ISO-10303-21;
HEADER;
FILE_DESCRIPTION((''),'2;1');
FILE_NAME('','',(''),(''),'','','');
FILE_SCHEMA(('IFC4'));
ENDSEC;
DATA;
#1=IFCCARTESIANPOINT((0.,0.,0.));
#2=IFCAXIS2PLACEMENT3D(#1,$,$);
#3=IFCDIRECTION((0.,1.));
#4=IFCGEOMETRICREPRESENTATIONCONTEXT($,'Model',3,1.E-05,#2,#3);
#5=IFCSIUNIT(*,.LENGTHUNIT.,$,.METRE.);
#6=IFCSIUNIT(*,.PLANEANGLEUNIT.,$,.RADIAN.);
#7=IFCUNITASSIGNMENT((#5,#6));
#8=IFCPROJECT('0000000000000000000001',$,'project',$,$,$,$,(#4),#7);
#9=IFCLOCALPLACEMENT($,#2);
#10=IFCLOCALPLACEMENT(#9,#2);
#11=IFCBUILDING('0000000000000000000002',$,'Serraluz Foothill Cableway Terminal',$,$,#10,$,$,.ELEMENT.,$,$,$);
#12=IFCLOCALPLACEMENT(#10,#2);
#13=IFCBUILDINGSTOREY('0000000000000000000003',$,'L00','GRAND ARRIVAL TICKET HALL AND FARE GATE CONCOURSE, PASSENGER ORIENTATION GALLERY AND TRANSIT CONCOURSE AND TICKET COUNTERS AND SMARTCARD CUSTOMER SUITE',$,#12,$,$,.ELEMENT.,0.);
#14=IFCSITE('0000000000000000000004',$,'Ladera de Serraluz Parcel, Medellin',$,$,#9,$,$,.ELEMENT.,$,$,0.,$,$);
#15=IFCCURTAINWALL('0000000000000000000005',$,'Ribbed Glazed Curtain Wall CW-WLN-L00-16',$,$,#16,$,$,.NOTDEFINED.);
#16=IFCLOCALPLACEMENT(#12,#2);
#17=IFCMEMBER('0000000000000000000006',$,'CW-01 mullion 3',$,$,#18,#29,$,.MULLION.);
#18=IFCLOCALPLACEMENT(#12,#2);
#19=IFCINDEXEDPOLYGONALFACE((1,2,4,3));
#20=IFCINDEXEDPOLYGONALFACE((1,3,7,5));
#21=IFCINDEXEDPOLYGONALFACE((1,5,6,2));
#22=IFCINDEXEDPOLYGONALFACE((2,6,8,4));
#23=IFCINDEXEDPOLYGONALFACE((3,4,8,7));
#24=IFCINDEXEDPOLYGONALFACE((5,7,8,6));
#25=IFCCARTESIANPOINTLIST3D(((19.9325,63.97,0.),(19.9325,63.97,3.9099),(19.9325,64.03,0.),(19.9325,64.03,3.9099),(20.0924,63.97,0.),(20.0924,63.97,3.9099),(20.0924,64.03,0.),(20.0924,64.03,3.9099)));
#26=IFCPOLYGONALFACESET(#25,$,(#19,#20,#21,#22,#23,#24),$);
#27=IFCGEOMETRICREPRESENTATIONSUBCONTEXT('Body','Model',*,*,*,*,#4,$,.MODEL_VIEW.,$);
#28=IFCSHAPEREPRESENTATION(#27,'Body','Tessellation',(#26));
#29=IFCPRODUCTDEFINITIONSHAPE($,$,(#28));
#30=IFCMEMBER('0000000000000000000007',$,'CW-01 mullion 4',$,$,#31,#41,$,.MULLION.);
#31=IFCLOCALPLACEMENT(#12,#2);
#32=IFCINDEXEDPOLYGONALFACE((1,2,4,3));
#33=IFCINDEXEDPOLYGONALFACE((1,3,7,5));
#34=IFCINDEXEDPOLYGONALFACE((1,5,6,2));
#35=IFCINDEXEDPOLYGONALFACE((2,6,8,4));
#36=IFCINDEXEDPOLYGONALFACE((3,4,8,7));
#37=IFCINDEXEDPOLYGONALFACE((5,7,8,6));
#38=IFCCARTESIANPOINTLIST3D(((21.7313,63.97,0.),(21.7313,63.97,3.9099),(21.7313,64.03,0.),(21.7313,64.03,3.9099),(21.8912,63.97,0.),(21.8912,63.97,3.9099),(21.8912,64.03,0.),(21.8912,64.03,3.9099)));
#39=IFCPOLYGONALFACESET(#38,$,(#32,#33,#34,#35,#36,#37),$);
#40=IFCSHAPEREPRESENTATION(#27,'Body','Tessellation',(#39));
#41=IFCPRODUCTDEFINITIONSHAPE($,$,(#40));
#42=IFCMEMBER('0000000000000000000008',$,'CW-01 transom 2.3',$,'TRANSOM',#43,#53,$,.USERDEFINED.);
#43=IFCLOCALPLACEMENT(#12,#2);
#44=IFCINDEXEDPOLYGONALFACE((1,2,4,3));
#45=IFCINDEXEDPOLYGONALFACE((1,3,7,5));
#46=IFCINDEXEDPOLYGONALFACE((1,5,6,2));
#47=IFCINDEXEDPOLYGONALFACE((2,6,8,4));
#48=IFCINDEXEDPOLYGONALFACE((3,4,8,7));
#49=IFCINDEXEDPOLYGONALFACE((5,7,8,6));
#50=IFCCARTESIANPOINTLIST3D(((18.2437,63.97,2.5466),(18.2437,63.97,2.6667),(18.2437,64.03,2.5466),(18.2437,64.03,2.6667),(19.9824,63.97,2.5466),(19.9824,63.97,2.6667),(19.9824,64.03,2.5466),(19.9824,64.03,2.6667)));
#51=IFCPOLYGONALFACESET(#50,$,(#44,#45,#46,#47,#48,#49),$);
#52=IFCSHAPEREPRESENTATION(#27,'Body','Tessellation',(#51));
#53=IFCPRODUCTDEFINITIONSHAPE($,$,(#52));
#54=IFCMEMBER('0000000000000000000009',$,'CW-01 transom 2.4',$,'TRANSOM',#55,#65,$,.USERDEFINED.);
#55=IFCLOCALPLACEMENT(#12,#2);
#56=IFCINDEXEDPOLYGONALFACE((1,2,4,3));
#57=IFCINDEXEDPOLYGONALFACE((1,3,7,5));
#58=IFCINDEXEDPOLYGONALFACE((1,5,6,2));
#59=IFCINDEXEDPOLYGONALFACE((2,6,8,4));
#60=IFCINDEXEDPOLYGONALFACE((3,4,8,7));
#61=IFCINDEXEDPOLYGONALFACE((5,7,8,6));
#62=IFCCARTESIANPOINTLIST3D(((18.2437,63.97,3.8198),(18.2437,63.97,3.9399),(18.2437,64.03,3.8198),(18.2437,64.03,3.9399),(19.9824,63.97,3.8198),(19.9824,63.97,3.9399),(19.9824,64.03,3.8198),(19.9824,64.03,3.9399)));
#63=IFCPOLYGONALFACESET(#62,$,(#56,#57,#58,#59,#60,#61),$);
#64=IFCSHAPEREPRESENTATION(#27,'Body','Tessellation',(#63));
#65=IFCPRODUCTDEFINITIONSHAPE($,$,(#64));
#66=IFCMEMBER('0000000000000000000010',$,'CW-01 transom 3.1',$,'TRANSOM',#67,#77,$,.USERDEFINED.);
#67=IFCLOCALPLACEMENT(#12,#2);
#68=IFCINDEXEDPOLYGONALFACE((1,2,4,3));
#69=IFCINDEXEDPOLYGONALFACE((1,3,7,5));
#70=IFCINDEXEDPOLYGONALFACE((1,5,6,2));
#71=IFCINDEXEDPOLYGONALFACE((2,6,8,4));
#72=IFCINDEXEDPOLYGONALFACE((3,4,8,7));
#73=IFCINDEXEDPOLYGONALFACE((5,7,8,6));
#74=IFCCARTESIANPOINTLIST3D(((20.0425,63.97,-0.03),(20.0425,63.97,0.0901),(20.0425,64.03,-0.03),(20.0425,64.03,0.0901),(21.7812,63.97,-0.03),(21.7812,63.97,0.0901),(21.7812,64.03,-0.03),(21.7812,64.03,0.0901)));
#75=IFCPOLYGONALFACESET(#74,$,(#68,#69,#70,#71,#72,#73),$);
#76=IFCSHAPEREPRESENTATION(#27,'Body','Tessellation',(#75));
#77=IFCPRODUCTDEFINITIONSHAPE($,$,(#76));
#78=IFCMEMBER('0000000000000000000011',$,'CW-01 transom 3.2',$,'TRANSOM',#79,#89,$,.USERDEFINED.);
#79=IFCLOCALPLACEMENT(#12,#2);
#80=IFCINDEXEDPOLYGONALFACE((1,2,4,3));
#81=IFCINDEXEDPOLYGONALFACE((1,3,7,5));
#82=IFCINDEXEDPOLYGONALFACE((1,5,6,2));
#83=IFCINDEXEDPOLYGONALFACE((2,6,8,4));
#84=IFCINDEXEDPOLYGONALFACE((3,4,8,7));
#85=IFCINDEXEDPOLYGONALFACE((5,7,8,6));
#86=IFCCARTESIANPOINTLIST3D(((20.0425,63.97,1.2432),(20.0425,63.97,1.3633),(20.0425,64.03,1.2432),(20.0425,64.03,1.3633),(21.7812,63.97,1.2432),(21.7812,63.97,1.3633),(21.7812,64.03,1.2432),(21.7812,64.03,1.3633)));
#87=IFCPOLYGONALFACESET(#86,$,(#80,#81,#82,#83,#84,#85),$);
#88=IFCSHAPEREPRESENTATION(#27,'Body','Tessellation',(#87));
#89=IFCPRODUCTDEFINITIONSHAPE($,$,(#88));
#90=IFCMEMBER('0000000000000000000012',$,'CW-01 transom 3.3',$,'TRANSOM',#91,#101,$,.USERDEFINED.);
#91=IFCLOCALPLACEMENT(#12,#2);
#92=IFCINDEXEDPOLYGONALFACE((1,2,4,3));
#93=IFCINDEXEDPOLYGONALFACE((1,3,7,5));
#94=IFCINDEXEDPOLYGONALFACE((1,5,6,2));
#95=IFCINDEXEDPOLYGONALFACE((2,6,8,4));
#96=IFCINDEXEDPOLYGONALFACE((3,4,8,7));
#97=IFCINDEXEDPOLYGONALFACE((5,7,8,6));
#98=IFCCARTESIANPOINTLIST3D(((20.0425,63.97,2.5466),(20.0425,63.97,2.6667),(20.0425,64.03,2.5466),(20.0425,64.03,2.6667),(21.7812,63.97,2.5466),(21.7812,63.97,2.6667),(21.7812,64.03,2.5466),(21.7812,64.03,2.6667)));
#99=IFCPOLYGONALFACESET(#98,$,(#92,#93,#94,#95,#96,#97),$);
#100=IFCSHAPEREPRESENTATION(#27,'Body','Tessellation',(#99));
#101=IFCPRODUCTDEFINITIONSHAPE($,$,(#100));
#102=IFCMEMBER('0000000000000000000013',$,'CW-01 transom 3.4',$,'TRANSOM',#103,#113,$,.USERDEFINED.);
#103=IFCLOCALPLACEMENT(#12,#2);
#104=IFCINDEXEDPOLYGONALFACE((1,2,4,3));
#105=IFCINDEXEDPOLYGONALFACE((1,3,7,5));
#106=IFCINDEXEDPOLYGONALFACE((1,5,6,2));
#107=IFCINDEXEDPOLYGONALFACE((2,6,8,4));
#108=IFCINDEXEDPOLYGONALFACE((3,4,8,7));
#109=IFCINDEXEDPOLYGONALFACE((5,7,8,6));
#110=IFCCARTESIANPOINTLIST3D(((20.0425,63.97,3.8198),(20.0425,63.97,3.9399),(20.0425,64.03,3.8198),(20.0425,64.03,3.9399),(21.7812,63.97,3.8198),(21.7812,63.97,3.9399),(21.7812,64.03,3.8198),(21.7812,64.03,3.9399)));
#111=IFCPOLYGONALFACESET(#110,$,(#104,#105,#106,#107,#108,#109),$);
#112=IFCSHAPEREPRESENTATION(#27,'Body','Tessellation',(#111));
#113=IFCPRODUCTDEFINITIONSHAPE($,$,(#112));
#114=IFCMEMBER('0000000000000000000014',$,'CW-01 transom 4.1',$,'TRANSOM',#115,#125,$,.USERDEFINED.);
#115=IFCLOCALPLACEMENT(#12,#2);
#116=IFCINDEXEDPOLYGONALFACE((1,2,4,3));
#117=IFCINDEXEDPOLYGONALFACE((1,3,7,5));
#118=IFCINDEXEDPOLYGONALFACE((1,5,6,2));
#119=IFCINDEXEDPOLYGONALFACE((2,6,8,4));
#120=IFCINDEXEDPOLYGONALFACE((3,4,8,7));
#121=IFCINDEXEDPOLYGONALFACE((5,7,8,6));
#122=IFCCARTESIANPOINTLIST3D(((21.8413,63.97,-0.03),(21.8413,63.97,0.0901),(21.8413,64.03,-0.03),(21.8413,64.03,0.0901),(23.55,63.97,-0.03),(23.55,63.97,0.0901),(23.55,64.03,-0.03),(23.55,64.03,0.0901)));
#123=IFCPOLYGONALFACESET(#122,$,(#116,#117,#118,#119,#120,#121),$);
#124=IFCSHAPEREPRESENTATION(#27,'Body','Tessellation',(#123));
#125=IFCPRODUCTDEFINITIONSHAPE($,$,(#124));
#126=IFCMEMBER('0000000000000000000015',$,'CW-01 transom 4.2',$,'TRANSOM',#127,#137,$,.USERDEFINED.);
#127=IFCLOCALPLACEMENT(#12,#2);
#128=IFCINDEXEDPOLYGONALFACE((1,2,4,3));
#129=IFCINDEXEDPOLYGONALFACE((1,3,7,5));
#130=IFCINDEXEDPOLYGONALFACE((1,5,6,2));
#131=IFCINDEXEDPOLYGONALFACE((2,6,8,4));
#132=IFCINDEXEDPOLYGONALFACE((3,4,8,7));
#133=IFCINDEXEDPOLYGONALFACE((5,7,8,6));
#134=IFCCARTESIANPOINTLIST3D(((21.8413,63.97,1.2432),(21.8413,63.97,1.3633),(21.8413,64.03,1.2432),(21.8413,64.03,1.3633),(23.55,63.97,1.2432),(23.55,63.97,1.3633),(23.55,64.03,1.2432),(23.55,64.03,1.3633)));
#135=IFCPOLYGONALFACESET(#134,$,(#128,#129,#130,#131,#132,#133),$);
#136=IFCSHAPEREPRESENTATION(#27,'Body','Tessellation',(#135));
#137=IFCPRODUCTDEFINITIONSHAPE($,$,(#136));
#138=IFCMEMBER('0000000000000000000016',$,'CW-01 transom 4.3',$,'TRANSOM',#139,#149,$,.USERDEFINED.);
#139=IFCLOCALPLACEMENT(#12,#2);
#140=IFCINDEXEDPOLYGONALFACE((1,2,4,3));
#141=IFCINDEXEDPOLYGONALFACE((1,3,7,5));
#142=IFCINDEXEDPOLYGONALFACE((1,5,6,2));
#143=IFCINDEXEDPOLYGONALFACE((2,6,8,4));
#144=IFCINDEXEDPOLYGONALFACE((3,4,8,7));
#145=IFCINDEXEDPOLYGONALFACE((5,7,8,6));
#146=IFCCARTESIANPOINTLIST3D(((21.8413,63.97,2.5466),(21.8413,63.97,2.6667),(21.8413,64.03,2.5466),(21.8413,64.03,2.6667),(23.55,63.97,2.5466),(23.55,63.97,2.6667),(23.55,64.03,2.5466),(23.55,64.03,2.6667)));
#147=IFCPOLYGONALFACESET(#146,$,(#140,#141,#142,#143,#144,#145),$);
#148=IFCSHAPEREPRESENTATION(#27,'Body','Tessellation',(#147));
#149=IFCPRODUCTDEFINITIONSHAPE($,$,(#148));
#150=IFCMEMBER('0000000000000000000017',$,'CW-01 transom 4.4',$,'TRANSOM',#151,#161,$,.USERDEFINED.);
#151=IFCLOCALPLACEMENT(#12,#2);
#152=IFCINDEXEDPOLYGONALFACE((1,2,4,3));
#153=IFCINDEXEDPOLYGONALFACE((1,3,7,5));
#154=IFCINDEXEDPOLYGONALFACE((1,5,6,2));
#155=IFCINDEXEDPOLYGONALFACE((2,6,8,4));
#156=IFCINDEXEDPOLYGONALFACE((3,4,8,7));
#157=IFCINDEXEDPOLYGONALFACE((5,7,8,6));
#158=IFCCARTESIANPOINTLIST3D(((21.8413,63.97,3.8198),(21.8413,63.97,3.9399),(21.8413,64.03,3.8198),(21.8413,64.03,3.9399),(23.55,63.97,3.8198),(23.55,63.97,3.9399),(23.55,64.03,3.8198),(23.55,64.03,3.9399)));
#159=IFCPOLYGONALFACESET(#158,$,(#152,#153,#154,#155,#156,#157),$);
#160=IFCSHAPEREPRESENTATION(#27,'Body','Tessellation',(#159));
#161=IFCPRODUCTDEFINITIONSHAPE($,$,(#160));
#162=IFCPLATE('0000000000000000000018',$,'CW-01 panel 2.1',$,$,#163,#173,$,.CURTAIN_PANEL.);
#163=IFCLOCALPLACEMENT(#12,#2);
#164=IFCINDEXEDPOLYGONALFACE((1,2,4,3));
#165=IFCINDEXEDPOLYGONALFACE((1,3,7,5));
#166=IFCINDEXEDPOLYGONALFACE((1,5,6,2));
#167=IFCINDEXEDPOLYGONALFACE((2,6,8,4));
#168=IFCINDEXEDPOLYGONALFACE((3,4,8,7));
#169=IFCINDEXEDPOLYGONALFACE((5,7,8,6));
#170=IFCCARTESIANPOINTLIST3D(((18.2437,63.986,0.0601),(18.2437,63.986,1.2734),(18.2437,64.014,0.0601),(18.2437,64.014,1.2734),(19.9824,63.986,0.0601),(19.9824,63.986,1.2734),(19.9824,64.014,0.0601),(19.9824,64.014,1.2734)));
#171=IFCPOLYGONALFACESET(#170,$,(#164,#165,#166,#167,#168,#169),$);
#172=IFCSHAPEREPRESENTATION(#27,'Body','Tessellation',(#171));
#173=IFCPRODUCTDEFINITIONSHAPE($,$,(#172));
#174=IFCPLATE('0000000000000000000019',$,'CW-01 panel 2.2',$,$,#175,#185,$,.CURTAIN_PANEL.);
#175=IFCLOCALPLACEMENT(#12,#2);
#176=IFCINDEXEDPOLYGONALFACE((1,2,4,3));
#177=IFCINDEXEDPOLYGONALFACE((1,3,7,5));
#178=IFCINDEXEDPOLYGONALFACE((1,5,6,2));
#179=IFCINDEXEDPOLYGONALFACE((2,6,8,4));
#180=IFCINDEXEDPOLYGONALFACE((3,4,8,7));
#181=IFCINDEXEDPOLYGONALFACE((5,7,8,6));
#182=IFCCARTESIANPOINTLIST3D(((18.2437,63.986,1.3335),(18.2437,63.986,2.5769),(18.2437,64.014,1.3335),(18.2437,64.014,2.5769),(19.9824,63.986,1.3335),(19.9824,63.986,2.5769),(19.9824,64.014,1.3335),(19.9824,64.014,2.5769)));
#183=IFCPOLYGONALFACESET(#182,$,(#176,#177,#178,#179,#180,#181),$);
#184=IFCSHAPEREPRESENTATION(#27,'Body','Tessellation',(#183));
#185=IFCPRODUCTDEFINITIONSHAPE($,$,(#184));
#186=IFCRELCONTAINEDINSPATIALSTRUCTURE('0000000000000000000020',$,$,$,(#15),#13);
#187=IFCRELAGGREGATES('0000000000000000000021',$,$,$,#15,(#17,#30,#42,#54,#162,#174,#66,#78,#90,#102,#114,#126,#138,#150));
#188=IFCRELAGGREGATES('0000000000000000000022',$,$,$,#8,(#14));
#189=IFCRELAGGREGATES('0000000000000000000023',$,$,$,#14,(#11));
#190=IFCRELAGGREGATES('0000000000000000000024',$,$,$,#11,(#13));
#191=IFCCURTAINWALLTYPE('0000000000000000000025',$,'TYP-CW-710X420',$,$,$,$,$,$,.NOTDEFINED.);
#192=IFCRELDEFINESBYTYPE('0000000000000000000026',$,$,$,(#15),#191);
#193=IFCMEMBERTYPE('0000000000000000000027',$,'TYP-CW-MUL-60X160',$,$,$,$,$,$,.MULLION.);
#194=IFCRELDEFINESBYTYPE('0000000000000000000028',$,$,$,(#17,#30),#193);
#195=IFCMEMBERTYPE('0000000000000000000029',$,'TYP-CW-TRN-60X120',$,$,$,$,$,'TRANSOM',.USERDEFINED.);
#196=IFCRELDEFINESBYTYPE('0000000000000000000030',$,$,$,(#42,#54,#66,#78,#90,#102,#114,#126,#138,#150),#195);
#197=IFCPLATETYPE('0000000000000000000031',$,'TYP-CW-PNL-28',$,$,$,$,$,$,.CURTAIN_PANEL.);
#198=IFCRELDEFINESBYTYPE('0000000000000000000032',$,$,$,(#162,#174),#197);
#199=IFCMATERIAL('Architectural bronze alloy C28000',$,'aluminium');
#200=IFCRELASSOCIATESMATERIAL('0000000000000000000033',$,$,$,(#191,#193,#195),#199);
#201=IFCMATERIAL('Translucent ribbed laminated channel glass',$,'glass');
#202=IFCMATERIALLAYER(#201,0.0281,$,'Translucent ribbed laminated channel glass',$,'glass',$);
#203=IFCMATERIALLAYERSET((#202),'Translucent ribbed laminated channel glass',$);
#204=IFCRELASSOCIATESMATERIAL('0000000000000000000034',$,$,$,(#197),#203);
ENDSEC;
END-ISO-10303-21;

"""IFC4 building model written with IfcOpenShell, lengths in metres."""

from ifc_helpers import new_model, si_unit, direction, frame, origin, origin_2d, place, context, subcontext, project, spatial, rectangle, extrude, material, layer, layer_set, material_profile, profile_set, type_object, element, aggregate, save


model = new_model("IFC4")

# Units and contexts
model_context = context("Model", 3, precision=1e-05, world=origin(), true_north=direction((0.0, 1.0)))
body_context = subcontext(model_context, "Body", "Model", "MODEL_VIEW")
ifc_project = project(units=[si_unit("LENGTHUNIT", "METRE"), si_unit("PLANEANGLEUNIT", "RADIAN")], contexts=[model_context])

# Site, building, storey
site_placement = place(None, origin())
site = spatial("IfcSite", under=ifc_project, at=site_placement, Name="Ladera de Serraluz Parcel, Medellin", CompositionType="ELEMENT", RefElevation=0.0)
building_placement = place(site_placement, origin())
building = spatial("IfcBuilding", under=site, at=building_placement, Name="Serraluz Foothill Cableway Terminal", CompositionType="ELEMENT")
storey_placement = place(building_placement, origin())
storey = spatial("IfcBuildingStorey", under=building, at=storey_placement, Name="L00", Description="GRAND ARRIVAL TICKET HALL AND FARE GATE CONCOURSE, PASSENGER ORIENTATION GALLERY AND TRANSIT CONCOURSE AND TICKET COUNTERS AND SMARTCARD CUSTOMER SUITE", CompositionType="ELEMENT", Elevation=0.0)

# Curtain wall, members, plates
ifc_material_1 = material(Name="Architectural bronze alloy C28000", Category="aluminium")
curtain_wall_type = type_object("IfcCurtainWallType", Name="TYP-CW-710X420", PredefinedType="NOTDEFINED", material=ifc_material_1)
curtain_wall_placement = place(storey_placement, origin())
curtain_wall = element("IfcCurtainWall", 1, at=curtain_wall_placement, inside=storey, type_object=curtain_wall_type, Name="Ribbed Glazed Curtain Wall CW-WLN-L00-16", PredefinedType="NOTDEFINED")
ifc_material_profile_1 = material_profile(ifc_material_1, rectangle(XDim=0.0601, YDim=0.1599, at=origin_2d()), Name="ALU MULLION 60x160")
ifc_profile_set_1 = profile_set([ifc_material_profile_1], Name="Architectural bronze alloy C28000")
member_type_1 = type_object("IfcMemberType", Name="TYP-CW-MUL-60X160", PredefinedType="MULLION", material=ifc_profile_set_1)
member_1_placement = place(storey_placement, frame((20.0125, 64.0, 0.0), z_axis=(0.0, 0.0, 1.0), x_axis=(0.0, 1.0, 0.0)))
member_1 = element("IfcMember", 2, at=member_1_placement, type_object=member_type_1, Name="CW-01 mullion 3", PredefinedType="MULLION", context=body_context, shape_type="SweptSolid", body=[
    extrude(rectangle(XDim=0.0601, YDim=0.1599, at=origin_2d()), origin(), (0.0, 0.0, 1.0), 3.9099),
])
member_2_placement = place(storey_placement, frame((21.8113, 64.0, 0.0), z_axis=(0.0, 0.0, 1.0), x_axis=(0.0, 1.0, 0.0)))
member_2 = element("IfcMember", 3, at=member_2_placement, type_object=member_type_1, Name="CW-01 mullion 4", PredefinedType="MULLION", context=body_context, shape_type="SweptSolid", body=[
    extrude(rectangle(XDim=0.0601, YDim=0.1599, at=origin_2d()), origin(), (0.0, 0.0, 1.0), 3.9099),
])
ifc_material_profile_2 = material_profile(ifc_material_1, rectangle(XDim=0.0601, YDim=0.1201, at=origin_2d()), Name="ALU TRANSOM 60x120")
ifc_profile_set_2 = profile_set([ifc_material_profile_2], Name="Architectural bronze alloy C28000")
member_type_2 = type_object("IfcMemberType", Name="TYP-CW-TRN-60X120", ElementType="TRANSOM", PredefinedType="USERDEFINED", material=ifc_profile_set_2)
member_3_placement = place(storey_placement, frame((18.2437, 64.0, 2.6067), z_axis=(1.0, 0.0, 0.0), x_axis=(0.0, 1.0, 0.0)))
member_3 = element("IfcMember", 4, at=member_3_placement, type_object=member_type_2, Name="CW-01 transom 2.3", ObjectType="TRANSOM", PredefinedType="USERDEFINED", context=body_context, shape_type="SweptSolid", body=[
    extrude(rectangle(XDim=0.0601, YDim=0.1201, at=origin_2d()), origin(), (0.0, 0.0, 1.0), 1.7388),
])
member_4_placement = place(storey_placement, frame((18.2437, 64.0, 3.8799), z_axis=(1.0, 0.0, 0.0), x_axis=(0.0, 1.0, 0.0)))
member_4 = element("IfcMember", 5, at=member_4_placement, type_object=member_type_2, Name="CW-01 transom 2.4", ObjectType="TRANSOM", PredefinedType="USERDEFINED", context=body_context, shape_type="SweptSolid", body=[
    extrude(rectangle(XDim=0.0601, YDim=0.1201, at=origin_2d()), origin(), (0.0, 0.0, 1.0), 1.7388),
])
member_5_placement = place(storey_placement, frame((20.0425, 64.0, 0.03), z_axis=(1.0, 0.0, 0.0), x_axis=(0.0, 1.0, 0.0)))
member_5 = element("IfcMember", 6, at=member_5_placement, type_object=member_type_2, Name="CW-01 transom 3.1", ObjectType="TRANSOM", PredefinedType="USERDEFINED", context=body_context, shape_type="SweptSolid", body=[
    extrude(rectangle(XDim=0.0601, YDim=0.1201, at=origin_2d()), origin(), (0.0, 0.0, 1.0), 1.7388),
])
member_6_placement = place(storey_placement, frame((20.0425, 64.0, 1.3032), z_axis=(1.0, 0.0, 0.0), x_axis=(0.0, 1.0, 0.0)))
member_6 = element("IfcMember", 7, at=member_6_placement, type_object=member_type_2, Name="CW-01 transom 3.2", ObjectType="TRANSOM", PredefinedType="USERDEFINED", context=body_context, shape_type="SweptSolid", body=[
    extrude(rectangle(XDim=0.0601, YDim=0.1201, at=origin_2d()), origin(), (0.0, 0.0, 1.0), 1.7388),
])
member_7_placement = place(storey_placement, frame((20.0425, 64.0, 2.6067), z_axis=(1.0, 0.0, 0.0), x_axis=(0.0, 1.0, 0.0)))
member_7 = element("IfcMember", 8, at=member_7_placement, type_object=member_type_2, Name="CW-01 transom 3.3", ObjectType="TRANSOM", PredefinedType="USERDEFINED", context=body_context, shape_type="SweptSolid", body=[
    extrude(rectangle(XDim=0.0601, YDim=0.1201, at=origin_2d()), origin(), (0.0, 0.0, 1.0), 1.7388),
])
member_8_placement = place(storey_placement, frame((20.0425, 64.0, 3.8799), z_axis=(1.0, 0.0, 0.0), x_axis=(0.0, 1.0, 0.0)))
member_8 = element("IfcMember", 9, at=member_8_placement, type_object=member_type_2, Name="CW-01 transom 3.4", ObjectType="TRANSOM", PredefinedType="USERDEFINED", context=body_context, shape_type="SweptSolid", body=[
    extrude(rectangle(XDim=0.0601, YDim=0.1201, at=origin_2d()), origin(), (0.0, 0.0, 1.0), 1.7388),
])
member_9_placement = place(storey_placement, frame((21.8413, 64.0, 0.03), z_axis=(1.0, 0.0, 0.0), x_axis=(0.0, 1.0, 0.0)))
member_9 = element("IfcMember", 10, at=member_9_placement, type_object=member_type_2, Name="CW-01 transom 4.1", ObjectType="TRANSOM", PredefinedType="USERDEFINED", context=body_context, shape_type="SweptSolid", body=[
    extrude(rectangle(XDim=0.0601, YDim=0.1201, at=origin_2d()), origin(), (0.0, 0.0, 1.0), 1.7087),
])
member_10_placement = place(storey_placement, frame((21.8413, 64.0, 1.3032), z_axis=(1.0, 0.0, 0.0), x_axis=(0.0, 1.0, 0.0)))
member_10 = element("IfcMember", 11, at=member_10_placement, type_object=member_type_2, Name="CW-01 transom 4.2", ObjectType="TRANSOM", PredefinedType="USERDEFINED", context=body_context, shape_type="SweptSolid", body=[
    extrude(rectangle(XDim=0.0601, YDim=0.1201, at=origin_2d()), origin(), (0.0, 0.0, 1.0), 1.7087),
])
member_11_placement = place(storey_placement, frame((21.8413, 64.0, 2.6067), z_axis=(1.0, 0.0, 0.0), x_axis=(0.0, 1.0, 0.0)))
member_11 = element("IfcMember", 12, at=member_11_placement, type_object=member_type_2, Name="CW-01 transom 4.3", ObjectType="TRANSOM", PredefinedType="USERDEFINED", context=body_context, shape_type="SweptSolid", body=[
    extrude(rectangle(XDim=0.0601, YDim=0.1201, at=origin_2d()), origin(), (0.0, 0.0, 1.0), 1.7087),
])
member_12_placement = place(storey_placement, frame((21.8413, 64.0, 3.8799), z_axis=(1.0, 0.0, 0.0), x_axis=(0.0, 1.0, 0.0)))
member_12 = element("IfcMember", 13, at=member_12_placement, type_object=member_type_2, Name="CW-01 transom 4.4", ObjectType="TRANSOM", PredefinedType="USERDEFINED", context=body_context, shape_type="SweptSolid", body=[
    extrude(rectangle(XDim=0.0601, YDim=0.1201, at=origin_2d()), origin(), (0.0, 0.0, 1.0), 1.7087),
])
ifc_material_2 = material(Name="Translucent ribbed laminated channel glass", Category="glass")
ifc_layer = layer(ifc_material_2, 0.0281, Name="Translucent ribbed laminated channel glass", Category="glass")
ifc_layer_set = layer_set([ifc_layer], Name="Translucent ribbed laminated channel glass")
plate_type = type_object("IfcPlateType", Name="TYP-CW-PNL-28", PredefinedType="CURTAIN_PANEL", material=ifc_layer_set)
plate_1_placement = place(storey_placement, frame((19.113, 64.0, 0.0601), z_axis=(0.0, 0.0, 1.0), x_axis=(1.0, 0.0, 0.0)))
plate_1 = element("IfcPlate", 14, at=plate_1_placement, type_object=plate_type, Name="CW-01 panel 2.1", PredefinedType="CURTAIN_PANEL", context=body_context, shape_type="SweptSolid", body=[
    extrude(rectangle(XDim=1.7388, YDim=0.0281, at=origin_2d()), origin(), (0.0, 0.0, 1.0), 1.2134),
])
plate_2_placement = place(storey_placement, frame((19.113, 64.0, 1.3335), z_axis=(0.0, 0.0, 1.0), x_axis=(1.0, 0.0, 0.0)))
plate_2 = element("IfcPlate", 15, at=plate_2_placement, type_object=plate_type, Name="CW-01 panel 2.2", PredefinedType="CURTAIN_PANEL", context=body_context, shape_type="SweptSolid", body=[
    extrude(rectangle(XDim=1.7388, YDim=0.0281, at=origin_2d()), origin(), (0.0, 0.0, 1.0), 1.2434),
])
aggregate(curtain_wall, [member_1, member_2, member_3, member_4, plate_1, plate_2, member_5, member_6, member_7, member_8, member_9, member_10, member_11, member_12])

save(model, "model.ifc")
